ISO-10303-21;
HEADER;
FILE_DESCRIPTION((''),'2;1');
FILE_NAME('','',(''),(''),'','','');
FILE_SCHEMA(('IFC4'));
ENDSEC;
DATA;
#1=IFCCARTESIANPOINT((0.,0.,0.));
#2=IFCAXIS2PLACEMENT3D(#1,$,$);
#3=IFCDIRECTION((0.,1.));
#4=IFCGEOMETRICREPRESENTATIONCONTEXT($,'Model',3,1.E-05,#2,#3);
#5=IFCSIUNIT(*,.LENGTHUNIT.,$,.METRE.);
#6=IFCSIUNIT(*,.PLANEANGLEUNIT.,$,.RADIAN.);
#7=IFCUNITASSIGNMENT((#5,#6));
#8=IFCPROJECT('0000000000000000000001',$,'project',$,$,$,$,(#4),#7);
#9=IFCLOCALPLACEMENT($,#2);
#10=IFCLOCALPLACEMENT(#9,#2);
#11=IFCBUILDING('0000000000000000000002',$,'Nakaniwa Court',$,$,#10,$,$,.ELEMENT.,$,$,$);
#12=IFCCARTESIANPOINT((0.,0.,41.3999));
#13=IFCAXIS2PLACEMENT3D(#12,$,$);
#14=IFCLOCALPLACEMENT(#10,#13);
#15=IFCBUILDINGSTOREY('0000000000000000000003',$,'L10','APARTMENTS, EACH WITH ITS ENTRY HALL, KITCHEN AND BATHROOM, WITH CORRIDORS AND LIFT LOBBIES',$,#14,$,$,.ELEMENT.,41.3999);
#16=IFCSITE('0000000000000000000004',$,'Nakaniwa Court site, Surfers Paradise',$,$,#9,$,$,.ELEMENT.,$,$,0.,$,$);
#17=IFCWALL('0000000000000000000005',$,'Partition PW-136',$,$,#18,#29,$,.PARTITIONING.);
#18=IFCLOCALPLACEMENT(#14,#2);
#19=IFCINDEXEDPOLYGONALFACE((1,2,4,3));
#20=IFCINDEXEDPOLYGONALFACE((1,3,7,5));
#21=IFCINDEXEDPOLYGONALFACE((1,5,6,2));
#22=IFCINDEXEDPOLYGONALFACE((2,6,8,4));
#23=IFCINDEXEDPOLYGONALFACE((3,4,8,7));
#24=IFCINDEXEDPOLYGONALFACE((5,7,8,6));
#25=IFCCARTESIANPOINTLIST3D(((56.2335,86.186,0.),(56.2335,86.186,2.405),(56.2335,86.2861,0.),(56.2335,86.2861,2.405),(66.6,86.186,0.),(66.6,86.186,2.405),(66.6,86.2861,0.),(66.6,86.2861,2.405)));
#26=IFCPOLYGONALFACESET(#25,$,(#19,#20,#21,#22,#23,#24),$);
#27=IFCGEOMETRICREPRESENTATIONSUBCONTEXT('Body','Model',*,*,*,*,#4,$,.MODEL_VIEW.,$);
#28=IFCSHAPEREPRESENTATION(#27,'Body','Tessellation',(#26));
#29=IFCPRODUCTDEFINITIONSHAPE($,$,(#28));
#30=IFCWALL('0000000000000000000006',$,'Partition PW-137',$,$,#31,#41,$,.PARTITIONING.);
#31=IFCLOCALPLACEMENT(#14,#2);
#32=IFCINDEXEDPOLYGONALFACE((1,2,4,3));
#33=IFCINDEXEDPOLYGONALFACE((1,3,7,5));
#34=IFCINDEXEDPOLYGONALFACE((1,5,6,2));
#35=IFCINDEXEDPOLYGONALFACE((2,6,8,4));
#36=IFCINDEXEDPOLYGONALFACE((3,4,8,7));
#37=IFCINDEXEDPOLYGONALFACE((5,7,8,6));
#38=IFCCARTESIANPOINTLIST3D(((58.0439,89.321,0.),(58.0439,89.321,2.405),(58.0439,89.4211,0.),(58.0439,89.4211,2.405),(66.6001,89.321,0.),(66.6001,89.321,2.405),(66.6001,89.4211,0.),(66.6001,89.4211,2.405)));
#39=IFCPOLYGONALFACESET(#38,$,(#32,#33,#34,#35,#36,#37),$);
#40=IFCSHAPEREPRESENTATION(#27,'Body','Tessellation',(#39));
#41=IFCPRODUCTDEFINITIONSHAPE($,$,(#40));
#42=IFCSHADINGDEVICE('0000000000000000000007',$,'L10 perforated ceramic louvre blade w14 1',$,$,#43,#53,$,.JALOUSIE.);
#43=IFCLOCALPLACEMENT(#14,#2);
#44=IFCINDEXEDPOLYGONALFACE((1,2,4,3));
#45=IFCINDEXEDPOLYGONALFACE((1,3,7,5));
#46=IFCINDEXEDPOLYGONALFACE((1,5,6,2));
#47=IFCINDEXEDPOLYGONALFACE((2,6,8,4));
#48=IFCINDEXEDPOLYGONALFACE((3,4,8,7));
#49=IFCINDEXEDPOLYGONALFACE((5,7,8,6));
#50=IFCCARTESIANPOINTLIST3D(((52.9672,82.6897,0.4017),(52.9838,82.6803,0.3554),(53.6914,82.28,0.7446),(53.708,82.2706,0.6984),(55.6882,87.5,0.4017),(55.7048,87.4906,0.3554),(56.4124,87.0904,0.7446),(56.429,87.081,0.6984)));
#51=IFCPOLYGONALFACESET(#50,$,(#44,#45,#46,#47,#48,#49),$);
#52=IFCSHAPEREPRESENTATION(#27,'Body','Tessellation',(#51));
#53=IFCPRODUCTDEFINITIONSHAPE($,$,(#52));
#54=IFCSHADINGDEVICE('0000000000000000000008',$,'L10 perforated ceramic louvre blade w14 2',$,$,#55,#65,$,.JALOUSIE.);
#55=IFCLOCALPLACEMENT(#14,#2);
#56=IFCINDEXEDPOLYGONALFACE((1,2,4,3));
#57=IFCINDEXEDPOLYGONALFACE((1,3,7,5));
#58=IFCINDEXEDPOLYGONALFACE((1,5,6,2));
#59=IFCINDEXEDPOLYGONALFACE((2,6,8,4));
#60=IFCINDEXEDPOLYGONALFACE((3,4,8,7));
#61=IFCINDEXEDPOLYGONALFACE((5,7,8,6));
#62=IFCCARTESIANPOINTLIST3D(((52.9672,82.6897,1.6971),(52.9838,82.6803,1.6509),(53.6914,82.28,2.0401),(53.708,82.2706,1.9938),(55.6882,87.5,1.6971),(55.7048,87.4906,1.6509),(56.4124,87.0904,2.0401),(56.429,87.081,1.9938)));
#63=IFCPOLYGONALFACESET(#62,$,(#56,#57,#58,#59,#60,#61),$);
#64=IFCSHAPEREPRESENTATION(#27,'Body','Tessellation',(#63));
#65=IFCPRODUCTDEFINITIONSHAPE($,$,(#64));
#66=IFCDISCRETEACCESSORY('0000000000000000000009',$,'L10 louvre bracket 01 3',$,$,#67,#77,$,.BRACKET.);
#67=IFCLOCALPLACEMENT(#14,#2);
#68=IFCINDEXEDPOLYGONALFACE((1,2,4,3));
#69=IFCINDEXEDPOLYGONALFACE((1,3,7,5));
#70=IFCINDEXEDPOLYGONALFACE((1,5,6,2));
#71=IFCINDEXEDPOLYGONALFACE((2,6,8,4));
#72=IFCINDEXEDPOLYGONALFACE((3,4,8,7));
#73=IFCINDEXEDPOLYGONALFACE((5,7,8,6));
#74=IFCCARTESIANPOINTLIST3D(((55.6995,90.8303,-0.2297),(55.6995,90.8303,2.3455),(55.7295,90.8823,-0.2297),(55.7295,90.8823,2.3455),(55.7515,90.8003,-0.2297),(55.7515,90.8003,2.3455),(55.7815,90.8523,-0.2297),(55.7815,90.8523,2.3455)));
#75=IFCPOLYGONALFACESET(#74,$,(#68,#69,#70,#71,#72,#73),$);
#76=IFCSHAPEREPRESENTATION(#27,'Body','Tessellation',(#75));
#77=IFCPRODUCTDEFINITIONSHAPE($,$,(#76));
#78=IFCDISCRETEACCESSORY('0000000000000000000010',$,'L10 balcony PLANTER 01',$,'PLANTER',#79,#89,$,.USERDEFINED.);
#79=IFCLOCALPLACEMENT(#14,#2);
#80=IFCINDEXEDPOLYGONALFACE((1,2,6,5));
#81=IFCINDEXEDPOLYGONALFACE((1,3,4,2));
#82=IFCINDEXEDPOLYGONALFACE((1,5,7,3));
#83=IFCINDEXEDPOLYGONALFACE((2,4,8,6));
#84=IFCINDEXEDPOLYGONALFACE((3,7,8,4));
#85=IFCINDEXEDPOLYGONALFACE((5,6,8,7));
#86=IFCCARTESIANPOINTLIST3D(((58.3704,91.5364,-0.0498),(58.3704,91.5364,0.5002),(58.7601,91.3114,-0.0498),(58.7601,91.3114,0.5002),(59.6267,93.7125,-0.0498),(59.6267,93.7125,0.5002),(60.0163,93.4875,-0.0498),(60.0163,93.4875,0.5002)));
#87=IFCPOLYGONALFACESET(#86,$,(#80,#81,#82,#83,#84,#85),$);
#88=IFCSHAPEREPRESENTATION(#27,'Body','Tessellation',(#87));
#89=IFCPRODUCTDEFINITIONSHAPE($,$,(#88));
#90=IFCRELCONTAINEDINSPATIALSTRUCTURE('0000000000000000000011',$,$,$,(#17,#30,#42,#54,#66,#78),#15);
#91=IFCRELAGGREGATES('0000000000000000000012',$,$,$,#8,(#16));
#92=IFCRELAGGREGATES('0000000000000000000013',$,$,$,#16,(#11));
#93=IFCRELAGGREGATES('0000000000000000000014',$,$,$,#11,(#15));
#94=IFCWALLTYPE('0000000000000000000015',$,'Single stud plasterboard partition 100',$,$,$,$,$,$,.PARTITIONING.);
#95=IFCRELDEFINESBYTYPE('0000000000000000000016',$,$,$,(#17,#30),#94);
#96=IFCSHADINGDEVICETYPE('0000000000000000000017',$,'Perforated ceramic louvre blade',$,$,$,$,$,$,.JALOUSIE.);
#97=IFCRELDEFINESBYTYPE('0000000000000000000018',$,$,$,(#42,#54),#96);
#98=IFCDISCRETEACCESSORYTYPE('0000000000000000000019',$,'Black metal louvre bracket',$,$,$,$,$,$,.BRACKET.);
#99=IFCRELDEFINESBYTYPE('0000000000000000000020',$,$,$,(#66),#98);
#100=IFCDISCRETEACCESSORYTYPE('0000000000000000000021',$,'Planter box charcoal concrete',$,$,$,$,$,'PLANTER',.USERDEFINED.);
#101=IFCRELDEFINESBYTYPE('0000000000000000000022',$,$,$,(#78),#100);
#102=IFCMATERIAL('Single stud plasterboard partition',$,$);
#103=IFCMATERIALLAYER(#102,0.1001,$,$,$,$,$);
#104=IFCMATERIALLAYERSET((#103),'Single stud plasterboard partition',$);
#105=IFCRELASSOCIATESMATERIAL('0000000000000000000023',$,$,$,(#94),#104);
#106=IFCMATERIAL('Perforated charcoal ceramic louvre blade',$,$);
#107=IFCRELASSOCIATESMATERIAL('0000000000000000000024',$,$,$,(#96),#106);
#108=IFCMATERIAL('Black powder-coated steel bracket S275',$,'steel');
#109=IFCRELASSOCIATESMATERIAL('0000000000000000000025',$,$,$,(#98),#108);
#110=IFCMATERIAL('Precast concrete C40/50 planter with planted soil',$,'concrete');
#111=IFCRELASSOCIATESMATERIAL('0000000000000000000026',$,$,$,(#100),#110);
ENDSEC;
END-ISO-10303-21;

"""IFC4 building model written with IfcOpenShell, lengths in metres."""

from ifc_helpers import new_model, si_unit, direction, frame, frame_2d, origin, origin_2d, place, context, subcontext, project, spatial, rectangle, extrude, material, layer, layer_set, material_profile, profile_set, type_object, element, save


model = new_model("IFC4")

# Units and contexts
model_context = context("Model", 3, precision=1e-05, world=origin(), true_north=direction((0.0, 1.0)))
body_context = subcontext(model_context, "Body", "Model", "MODEL_VIEW")
ifc_project = project(units=[si_unit("LENGTHUNIT", "METRE"), si_unit("PLANEANGLEUNIT", "RADIAN")], contexts=[model_context])

# Site, building, storey
site_placement = place(None, origin())
site = spatial("IfcSite", under=ifc_project, at=site_placement, Name="Nakaniwa Court site, Surfers Paradise", CompositionType="ELEMENT", RefElevation=0.0)
building_placement = place(site_placement, origin())
building = spatial("IfcBuilding", under=site, at=building_placement, Name="Nakaniwa Court", CompositionType="ELEMENT")
storey_placement = place(building_placement, frame((0.0, 0.0, 41.3999)))
storey = spatial("IfcBuildingStorey", under=building, at=storey_placement, Name="L10", Description="APARTMENTS, EACH WITH ITS ENTRY HALL, KITCHEN AND BATHROOM, WITH CORRIDORS AND LIFT LOBBIES", CompositionType="ELEMENT", Elevation=41.3999)

# Shared definitions
ifc_material_1 = material(Name="Single stud plasterboard partition")
ifc_layer_1 = layer(ifc_material_1, 0.1001)
ifc_layer_set_1 = layer_set([ifc_layer_1], Name="Single stud plasterboard partition")
wall_type_1 = type_object("IfcWallType", Name="Single stud plasterboard partition 100", PredefinedType="PARTITIONING", material=ifc_layer_set_1)

# Walls
wall_1_placement = place(storey_placement, frame((56.2336, 86.2361, 0.0), z_axis=(0.0, 0.0, 1.0), x_axis=(1.0, 0.0, 0.0)))
element("IfcWall", 1, at=wall_1_placement, inside=storey, type_object=wall_type_1, Name="Partition PW-136", PredefinedType="PARTITIONING", context=body_context, shape_type="SweptSolid", body=[
    extrude(rectangle(XDim=10.3665, YDim=0.1001, at=frame_2d((5.1831, 0.0))), origin(), (0.0, 0.0, 1.0), 2.405),
])
wall_2_placement = place(storey_placement, frame((58.0439, 89.3711, 0.0), z_axis=(0.0, 0.0, 1.0), x_axis=(1.0, 0.0, 0.0)))
element("IfcWall", 2, at=wall_2_placement, inside=storey, type_object=wall_type_1, Name="Partition PW-137", PredefinedType="PARTITIONING", context=body_context, shape_type="SweptSolid", body=[
    extrude(rectangle(XDim=8.5562, YDim=0.1001, at=frame_2d((4.2781, 0.0))), origin(), (0.0, 0.0, 1.0), 2.405),
])

# Shading devices
ifc_material_2 = material(Name="Perforated charcoal ceramic louvre blade")
ifc_material_profile_1 = material_profile(ifc_material_2, rectangle(XDim=0.8999, YDim=0.05, at=origin_2d()), Name="Perforated ceramic louvre blade")
ifc_profile_set_1 = profile_set([ifc_material_profile_1], Name="Perforated charcoal ceramic louvre blade")
shading_device_type = type_object("IfcShadingDeviceType", Name="Perforated ceramic louvre blade", PredefinedType="JALOUSIE", material=ifc_profile_set_1)
for number, where, z_axis, x_axis, name in (
    (3, (56.0586, 87.2905, 0.55), (-0.492343, -0.870402, 0.0), (0.804726, -0.455193, 0.38107), "L10 perforated ceramic louvre blade w14 1"),
    (4, (56.0586, 87.2905, 1.8455), (-0.492343, -0.870402, 0.0), (0.804726, -0.455193, 0.38107), "L10 perforated ceramic louvre blade w14 2"),
):
    element("IfcShadingDevice", number, at=place(storey_placement, frame(where, z_axis=z_axis, x_axis=x_axis)), inside=storey, type_object=shading_device_type, Name=name, PredefinedType="JALOUSIE", context=body_context, shape_type="SweptSolid", body=[
        extrude(rectangle(XDim=0.8999, YDim=0.05, at=origin_2d()), origin(), (0.0, 0.0, 1.0), 5.5266),
    ])

# Discrete accessories
ifc_material_3 = material(Name="Black powder-coated steel bracket S275", Category="steel")
discrete_accessory_type_1 = type_object("IfcDiscreteAccessoryType", Name="Black metal louvre bracket", PredefinedType="BRACKET", material=ifc_material_3)
discrete_accessory_1_placement = place(storey_placement, frame((55.7405, 90.8413, -0.2297), z_axis=(0.0, 0.0, 1.0), x_axis=(-0.499974, -0.86604, 0.0)))
element("IfcDiscreteAccessory", 5, at=discrete_accessory_1_placement, inside=storey, type_object=discrete_accessory_type_1, Name="L10 louvre bracket 01 3", PredefinedType="BRACKET", context=body_context, shape_type="SweptSolid", body=[
    extrude(rectangle(XDim=0.0601, YDim=0.0601, at=origin_2d()), origin(), (0.0, 0.0, 1.0), 2.5752),
])
ifc_material_4 = material(Name="Precast concrete C40/50 planter with planted soil", Category="concrete")
discrete_accessory_type_2 = type_object("IfcDiscreteAccessoryType", Name="Planter box charcoal concrete", ElementType="PLANTER", PredefinedType="USERDEFINED", material=ifc_material_4)
discrete_accessory_2_placement = place(storey_placement, frame((59.1934, 92.512, -0.0498), z_axis=(0.0, 0.0, 1.0), x_axis=(-0.499974, -0.86604, 0.0)))
element("IfcDiscreteAccessory", 6, at=discrete_accessory_2_placement, inside=storey, type_object=discrete_accessory_type_2, Name="L10 balcony PLANTER 01", ObjectType="PLANTER", PredefinedType="USERDEFINED", context=body_context, shape_type="SweptSolid", body=[
    extrude(rectangle(XDim=2.5127, YDim=0.45, at=origin_2d()), origin(), (0.0, 0.0, 1.0), 0.55),
])

save(model, "model.ifc")
